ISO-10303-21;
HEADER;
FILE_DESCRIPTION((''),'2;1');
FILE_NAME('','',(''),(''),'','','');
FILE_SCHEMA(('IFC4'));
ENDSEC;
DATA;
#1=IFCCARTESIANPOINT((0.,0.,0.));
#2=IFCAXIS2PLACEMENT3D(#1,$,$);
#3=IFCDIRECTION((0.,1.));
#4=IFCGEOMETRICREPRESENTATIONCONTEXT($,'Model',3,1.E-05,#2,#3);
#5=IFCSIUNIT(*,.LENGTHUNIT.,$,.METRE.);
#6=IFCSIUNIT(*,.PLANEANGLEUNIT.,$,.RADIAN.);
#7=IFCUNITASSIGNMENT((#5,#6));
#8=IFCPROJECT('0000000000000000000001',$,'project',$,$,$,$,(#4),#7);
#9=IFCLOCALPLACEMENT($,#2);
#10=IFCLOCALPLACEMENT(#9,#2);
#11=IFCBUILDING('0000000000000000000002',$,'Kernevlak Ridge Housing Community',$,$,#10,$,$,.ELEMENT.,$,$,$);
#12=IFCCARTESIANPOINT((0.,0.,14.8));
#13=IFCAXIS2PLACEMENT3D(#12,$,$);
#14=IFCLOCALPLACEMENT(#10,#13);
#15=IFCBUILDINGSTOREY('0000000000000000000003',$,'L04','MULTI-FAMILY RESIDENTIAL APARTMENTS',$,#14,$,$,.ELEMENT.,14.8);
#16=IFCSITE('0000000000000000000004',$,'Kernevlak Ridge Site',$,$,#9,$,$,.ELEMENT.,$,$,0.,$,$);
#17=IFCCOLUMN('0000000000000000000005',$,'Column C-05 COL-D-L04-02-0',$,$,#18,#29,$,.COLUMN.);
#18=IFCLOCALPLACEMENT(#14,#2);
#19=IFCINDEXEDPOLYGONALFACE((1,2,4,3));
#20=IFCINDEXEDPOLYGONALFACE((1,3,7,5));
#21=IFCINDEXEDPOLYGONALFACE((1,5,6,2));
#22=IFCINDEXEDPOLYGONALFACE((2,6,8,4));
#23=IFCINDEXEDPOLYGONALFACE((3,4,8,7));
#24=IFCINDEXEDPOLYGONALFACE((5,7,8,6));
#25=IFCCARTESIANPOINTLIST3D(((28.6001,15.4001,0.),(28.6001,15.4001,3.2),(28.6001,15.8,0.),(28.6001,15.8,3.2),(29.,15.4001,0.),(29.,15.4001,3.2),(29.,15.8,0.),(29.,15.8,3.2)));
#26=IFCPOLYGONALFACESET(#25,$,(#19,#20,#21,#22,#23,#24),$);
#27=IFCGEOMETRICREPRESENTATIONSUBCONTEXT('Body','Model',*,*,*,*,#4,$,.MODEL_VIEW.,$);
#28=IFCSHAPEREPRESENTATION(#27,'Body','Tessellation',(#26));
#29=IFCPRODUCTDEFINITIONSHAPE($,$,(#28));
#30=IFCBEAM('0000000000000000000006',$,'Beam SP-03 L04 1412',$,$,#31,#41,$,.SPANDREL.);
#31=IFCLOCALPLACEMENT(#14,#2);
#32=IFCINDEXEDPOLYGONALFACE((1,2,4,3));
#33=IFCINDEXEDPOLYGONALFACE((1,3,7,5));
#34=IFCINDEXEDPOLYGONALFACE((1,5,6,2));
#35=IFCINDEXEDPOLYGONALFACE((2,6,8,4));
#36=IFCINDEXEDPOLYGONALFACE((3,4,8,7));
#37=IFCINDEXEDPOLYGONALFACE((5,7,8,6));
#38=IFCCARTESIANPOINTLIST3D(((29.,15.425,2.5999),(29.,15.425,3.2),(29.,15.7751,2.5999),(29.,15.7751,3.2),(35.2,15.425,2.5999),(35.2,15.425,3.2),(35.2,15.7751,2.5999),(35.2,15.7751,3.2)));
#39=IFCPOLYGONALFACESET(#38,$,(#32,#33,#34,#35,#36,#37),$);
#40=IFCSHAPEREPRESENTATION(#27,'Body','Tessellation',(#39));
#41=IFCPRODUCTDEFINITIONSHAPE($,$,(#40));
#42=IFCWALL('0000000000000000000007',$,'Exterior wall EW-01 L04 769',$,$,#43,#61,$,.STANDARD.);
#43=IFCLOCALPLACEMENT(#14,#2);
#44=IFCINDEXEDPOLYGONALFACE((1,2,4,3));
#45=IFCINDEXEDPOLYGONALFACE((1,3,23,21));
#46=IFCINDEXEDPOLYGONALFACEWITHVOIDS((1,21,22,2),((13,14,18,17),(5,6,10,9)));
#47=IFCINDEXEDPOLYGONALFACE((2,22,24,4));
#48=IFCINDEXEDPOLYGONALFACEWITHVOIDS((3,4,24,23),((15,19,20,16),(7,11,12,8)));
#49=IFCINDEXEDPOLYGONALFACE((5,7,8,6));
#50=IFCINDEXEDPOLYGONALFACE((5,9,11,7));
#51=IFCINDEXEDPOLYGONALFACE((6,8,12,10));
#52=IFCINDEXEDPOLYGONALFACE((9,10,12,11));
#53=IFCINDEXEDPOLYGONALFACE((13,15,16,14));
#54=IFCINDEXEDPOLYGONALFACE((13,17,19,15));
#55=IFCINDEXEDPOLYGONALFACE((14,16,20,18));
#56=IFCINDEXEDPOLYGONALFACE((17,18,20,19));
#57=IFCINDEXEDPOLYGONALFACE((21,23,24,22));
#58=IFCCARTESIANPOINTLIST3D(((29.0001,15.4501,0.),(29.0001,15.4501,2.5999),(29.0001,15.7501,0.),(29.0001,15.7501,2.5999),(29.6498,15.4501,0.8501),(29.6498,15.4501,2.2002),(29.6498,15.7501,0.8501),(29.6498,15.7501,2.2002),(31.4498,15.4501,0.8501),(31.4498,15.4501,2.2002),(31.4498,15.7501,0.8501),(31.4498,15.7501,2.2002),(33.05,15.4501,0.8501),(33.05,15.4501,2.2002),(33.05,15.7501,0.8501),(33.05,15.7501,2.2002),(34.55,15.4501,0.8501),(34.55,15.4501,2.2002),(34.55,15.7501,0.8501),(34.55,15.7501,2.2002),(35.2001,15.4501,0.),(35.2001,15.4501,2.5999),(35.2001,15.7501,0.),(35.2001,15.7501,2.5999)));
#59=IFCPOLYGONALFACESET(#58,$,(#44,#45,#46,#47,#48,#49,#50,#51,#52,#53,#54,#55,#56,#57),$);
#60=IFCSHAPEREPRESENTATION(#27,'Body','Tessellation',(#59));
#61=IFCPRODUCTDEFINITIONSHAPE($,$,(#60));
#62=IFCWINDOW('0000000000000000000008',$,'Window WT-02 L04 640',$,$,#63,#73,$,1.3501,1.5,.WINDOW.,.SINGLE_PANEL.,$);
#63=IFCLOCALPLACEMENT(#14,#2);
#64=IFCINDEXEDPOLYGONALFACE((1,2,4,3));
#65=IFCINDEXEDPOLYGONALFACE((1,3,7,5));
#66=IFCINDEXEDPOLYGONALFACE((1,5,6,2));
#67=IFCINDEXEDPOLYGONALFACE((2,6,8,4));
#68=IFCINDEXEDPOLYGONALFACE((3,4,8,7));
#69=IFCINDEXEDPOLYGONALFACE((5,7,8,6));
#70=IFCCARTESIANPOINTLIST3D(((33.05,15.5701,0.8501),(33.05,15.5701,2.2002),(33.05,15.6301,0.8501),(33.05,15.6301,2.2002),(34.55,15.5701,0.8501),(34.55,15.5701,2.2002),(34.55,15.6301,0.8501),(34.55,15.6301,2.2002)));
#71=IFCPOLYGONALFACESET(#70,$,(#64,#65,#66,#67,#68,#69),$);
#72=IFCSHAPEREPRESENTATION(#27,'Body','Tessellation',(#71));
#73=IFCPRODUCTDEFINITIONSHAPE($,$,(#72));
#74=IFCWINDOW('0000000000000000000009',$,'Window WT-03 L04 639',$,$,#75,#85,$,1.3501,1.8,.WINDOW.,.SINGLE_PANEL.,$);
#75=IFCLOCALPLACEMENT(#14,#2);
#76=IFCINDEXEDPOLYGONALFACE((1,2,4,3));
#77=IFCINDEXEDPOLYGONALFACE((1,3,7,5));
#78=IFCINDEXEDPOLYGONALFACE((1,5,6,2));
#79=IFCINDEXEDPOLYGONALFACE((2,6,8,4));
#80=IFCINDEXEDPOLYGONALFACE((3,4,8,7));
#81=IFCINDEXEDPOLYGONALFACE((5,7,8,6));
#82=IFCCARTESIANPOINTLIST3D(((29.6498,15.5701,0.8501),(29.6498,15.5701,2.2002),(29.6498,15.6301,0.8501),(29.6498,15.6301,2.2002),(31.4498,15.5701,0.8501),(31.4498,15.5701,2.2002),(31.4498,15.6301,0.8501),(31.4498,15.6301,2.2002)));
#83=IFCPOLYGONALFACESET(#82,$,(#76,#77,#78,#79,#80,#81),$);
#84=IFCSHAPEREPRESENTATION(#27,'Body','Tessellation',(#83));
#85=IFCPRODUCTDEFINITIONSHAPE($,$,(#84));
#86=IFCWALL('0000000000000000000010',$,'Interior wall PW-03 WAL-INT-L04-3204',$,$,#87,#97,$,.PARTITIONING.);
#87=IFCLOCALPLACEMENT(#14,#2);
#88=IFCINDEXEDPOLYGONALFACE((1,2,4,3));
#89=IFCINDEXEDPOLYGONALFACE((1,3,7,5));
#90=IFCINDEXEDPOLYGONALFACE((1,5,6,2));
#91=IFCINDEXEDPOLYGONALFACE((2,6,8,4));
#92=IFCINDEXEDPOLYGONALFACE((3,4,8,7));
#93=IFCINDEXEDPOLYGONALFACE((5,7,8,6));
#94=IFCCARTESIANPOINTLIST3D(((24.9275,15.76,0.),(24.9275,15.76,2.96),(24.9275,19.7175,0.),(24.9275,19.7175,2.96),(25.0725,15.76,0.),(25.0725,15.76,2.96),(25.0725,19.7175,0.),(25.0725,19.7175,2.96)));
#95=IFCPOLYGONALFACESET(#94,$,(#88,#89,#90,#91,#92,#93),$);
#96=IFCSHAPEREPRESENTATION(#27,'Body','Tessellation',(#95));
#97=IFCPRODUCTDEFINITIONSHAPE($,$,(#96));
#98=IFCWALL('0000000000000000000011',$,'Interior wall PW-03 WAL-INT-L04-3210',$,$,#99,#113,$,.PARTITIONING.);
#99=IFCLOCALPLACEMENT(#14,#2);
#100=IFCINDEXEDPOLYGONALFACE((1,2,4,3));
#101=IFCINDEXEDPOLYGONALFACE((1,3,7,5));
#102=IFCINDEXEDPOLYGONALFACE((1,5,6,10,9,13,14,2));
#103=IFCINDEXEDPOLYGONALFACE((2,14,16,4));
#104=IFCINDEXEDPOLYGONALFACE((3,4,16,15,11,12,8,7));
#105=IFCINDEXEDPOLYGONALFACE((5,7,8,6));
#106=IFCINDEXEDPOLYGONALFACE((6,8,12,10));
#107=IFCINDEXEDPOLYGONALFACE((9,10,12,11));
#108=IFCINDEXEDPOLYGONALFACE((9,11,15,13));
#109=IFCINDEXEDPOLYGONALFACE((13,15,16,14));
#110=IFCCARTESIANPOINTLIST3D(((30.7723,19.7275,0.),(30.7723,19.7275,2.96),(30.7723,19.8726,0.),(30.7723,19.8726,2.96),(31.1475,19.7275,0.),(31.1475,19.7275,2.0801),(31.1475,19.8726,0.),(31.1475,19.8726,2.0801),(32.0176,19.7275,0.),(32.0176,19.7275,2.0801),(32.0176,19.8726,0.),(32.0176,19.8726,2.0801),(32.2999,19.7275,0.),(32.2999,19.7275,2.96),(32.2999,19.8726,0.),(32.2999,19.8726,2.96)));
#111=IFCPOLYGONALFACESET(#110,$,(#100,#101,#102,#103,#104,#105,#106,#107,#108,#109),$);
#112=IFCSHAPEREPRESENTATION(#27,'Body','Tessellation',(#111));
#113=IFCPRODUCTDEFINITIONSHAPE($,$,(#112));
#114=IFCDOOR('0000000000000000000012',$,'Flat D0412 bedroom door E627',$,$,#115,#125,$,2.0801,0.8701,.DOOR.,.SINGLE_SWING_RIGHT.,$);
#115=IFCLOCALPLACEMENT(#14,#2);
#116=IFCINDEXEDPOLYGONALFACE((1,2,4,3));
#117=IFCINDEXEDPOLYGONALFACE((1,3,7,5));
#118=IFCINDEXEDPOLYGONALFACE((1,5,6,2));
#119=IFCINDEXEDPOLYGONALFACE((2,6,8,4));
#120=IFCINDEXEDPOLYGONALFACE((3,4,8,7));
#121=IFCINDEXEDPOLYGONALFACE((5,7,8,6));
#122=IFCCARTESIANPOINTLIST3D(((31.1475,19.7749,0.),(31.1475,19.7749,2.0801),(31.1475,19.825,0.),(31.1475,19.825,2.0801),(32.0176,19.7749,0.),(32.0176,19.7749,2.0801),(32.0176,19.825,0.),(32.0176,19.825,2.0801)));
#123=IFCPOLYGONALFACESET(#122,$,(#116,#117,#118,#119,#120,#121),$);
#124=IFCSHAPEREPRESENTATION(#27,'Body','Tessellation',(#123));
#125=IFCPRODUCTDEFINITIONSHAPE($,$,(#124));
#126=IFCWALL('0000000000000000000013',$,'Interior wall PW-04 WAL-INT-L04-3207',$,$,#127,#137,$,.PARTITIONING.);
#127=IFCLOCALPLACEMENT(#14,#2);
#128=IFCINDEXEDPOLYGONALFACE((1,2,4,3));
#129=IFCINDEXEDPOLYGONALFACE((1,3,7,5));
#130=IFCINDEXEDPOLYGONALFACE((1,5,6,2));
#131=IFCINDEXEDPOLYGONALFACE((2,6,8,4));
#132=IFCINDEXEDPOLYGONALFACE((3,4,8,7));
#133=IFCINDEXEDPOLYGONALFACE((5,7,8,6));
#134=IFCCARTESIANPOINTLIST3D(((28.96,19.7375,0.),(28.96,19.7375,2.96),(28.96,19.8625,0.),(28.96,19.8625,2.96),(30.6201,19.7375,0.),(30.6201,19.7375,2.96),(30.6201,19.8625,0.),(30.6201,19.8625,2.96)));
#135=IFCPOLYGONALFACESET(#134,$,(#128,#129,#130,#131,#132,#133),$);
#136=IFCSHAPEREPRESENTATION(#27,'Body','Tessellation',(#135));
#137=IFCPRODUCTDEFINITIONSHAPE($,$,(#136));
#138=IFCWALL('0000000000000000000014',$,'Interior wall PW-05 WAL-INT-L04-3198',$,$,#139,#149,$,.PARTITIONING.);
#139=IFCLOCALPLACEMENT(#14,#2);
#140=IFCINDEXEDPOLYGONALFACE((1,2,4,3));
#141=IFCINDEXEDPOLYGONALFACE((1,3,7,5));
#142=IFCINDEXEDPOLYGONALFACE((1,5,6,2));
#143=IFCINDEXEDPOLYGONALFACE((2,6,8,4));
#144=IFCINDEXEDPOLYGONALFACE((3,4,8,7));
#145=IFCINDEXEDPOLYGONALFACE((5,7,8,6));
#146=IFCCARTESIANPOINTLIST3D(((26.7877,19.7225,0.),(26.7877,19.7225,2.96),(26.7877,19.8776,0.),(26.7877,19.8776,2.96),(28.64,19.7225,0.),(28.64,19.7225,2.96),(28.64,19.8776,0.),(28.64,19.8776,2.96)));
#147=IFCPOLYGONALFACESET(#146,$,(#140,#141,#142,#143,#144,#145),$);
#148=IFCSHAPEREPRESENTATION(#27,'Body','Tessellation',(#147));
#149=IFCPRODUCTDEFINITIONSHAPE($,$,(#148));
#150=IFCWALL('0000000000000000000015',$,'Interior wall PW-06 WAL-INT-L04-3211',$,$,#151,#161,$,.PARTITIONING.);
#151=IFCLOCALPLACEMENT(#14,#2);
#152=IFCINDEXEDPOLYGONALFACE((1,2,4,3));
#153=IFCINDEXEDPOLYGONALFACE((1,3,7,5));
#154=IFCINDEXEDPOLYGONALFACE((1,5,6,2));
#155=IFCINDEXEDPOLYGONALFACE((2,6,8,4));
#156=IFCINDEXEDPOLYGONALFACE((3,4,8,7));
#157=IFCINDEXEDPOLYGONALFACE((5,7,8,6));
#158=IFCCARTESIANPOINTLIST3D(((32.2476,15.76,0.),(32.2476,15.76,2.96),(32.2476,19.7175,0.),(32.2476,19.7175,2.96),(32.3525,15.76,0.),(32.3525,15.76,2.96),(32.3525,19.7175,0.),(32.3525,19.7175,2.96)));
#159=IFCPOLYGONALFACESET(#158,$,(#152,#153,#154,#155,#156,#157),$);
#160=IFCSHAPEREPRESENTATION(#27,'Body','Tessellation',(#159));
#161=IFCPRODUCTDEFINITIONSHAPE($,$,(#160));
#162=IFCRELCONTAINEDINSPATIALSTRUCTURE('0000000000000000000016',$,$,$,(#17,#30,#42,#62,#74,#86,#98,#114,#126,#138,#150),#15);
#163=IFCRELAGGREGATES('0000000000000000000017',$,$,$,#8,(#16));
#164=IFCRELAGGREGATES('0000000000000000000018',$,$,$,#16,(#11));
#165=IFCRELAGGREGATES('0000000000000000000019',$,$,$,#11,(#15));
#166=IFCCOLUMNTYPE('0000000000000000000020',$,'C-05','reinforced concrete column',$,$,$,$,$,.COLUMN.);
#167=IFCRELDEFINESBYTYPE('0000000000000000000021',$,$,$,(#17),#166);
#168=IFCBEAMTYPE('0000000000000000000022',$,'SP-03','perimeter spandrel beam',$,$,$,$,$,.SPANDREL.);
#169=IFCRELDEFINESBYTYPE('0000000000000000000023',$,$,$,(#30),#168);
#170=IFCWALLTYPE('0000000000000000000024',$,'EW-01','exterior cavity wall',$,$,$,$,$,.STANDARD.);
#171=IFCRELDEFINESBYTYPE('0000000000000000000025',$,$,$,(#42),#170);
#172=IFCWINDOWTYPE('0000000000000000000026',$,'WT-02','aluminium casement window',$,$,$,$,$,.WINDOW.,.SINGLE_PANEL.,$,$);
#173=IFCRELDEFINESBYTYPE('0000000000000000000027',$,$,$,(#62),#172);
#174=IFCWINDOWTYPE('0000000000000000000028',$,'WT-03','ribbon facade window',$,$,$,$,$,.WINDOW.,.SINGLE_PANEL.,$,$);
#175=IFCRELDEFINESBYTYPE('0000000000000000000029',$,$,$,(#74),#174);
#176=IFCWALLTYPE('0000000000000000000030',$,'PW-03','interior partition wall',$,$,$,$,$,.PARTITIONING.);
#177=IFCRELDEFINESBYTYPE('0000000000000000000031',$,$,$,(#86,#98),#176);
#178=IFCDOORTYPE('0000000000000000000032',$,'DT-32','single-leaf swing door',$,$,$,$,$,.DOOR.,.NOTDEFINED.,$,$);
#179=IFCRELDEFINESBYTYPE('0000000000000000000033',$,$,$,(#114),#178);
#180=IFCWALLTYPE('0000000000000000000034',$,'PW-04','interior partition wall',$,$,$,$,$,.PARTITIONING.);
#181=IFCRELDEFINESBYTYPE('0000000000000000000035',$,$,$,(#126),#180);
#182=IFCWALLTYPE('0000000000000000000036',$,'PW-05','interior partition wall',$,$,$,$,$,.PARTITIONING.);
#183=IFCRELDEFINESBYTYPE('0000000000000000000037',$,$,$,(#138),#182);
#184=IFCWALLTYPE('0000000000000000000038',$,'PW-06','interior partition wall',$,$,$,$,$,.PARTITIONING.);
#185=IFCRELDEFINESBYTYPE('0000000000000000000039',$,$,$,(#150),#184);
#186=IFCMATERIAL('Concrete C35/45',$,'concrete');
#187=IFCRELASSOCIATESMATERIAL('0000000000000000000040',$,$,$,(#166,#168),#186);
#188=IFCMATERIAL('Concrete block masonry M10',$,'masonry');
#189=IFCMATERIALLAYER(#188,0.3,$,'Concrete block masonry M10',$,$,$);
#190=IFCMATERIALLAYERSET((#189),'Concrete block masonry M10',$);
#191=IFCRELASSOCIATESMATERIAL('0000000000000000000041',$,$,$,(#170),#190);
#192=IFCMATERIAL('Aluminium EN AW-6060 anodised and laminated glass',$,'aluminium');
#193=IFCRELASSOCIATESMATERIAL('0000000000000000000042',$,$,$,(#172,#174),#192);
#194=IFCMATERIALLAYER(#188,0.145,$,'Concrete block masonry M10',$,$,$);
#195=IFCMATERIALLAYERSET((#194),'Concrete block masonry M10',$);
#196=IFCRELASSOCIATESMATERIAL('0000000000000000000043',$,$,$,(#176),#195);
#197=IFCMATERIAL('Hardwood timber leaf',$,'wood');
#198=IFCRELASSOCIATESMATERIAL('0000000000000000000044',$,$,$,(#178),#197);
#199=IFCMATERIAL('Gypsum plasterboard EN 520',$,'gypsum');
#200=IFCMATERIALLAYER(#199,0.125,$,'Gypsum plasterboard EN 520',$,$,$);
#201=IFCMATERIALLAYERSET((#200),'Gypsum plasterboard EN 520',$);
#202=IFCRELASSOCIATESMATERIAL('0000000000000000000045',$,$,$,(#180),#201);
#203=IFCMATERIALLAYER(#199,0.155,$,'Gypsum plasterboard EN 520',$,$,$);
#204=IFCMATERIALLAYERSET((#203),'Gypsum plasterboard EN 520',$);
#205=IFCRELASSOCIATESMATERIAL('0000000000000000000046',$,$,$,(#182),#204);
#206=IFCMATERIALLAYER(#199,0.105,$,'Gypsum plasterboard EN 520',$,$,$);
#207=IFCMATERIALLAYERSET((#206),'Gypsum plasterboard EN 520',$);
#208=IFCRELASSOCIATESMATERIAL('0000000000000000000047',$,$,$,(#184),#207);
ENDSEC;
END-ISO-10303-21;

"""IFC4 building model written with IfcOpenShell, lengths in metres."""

from ifc_helpers import new_model, si_unit, direction, frame, frame_2d, origin, origin_2d, place, context, subcontext, project, spatial, rectangle, extrude, material, layer, layer_set, material_profile, profile_set, type_object, element, fill, save


model = new_model("IFC4")

# Units and contexts
model_context = context("Model", 3, precision=1e-05, world=origin(), true_north=direction((0.0, 1.0)))
body_context = subcontext(model_context, "Body", "Model", "MODEL_VIEW")
ifc_project = project(units=[si_unit("LENGTHUNIT", "METRE"), si_unit("PLANEANGLEUNIT", "RADIAN")], contexts=[model_context])

# Site, building, storey
site_placement = place(None, origin())
site = spatial("IfcSite", under=ifc_project, at=site_placement, Name="Kernevlak Ridge Site", CompositionType="ELEMENT", RefElevation=0.0)
building_placement = place(site_placement, origin())
building = spatial("IfcBuilding", under=site, at=building_placement, Name="Kernevlak Ridge Housing Community", CompositionType="ELEMENT")
storey_placement = place(building_placement, frame((0.0, 0.0, 14.8)))
storey = spatial("IfcBuildingStorey", under=building, at=storey_placement, Name="L04", Description="MULTI-FAMILY RESIDENTIAL APARTMENTS", CompositionType="ELEMENT", Elevation=14.8)

# Column
ifc_material_1 = material(Name="Concrete C35/45", Category="concrete")
ifc_material_profile_1 = material_profile(ifc_material_1, rectangle(XDim=0.3999, YDim=0.3999, at=origin_2d()), Name="RC 400x400")
ifc_profile_set_1 = profile_set([ifc_material_profile_1], Name="Concrete C35/45")
column_type = type_object("IfcColumnType", Name="C-05", Description="reinforced concrete column", PredefinedType="COLUMN", material=ifc_profile_set_1)
column_placement = place(storey_placement, frame((28.8, 15.6001, 0.0), z_axis=(0.0, 0.0, 1.0), x_axis=(1.0, 0.0, 0.0)))
element("IfcColumn", 1, at=column_placement, inside=storey, type_object=column_type, Name="Column C-05 COL-D-L04-02-0", PredefinedType="COLUMN", context=body_context, shape_type="SweptSolid", body=[
    extrude(rectangle(XDim=0.3999, YDim=0.3999, at=origin_2d()), origin(), (0.0, 0.0, 1.0), 3.2),
])

# Beam
ifc_material_profile_2 = material_profile(ifc_material_1, rectangle(XDim=0.3501, YDim=0.6001, at=origin_2d()), Name="RC 350x600")
ifc_profile_set_2 = profile_set([ifc_material_profile_2], Name="Concrete C35/45")
beam_type = type_object("IfcBeamType", Name="SP-03", Description="perimeter spandrel beam", PredefinedType="SPANDREL", material=ifc_profile_set_2)
beam_placement = place(storey_placement, frame((29.0, 15.6001, 2.8999), z_axis=(1.0, 0.0, 0.0), x_axis=(0.0, 1.0, 0.0)))
element("IfcBeam", 2, at=beam_placement, inside=storey, type_object=beam_type, Name="Beam SP-03 L04 1412", PredefinedType="SPANDREL", context=body_context, shape_type="SweptSolid", body=[
    extrude(rectangle(XDim=0.3501, YDim=0.6001, at=origin_2d()), origin(), (0.0, 0.0, 1.0), 6.2),
])

# Wall, openings, windows
ifc_material_2 = material(Name="Concrete block masonry M10", Category="masonry")
ifc_layer_1 = layer(ifc_material_2, 0.3, Name="Concrete block masonry M10")
ifc_layer_set_1 = layer_set([ifc_layer_1], Name="Concrete block masonry M10")
wall_type_1 = type_object("IfcWallType", Name="EW-01", Description="exterior cavity wall", PredefinedType="STANDARD", material=ifc_layer_set_1)
wall_1_placement = place(storey_placement, frame((29.0, 15.6001, 0.0), z_axis=(0.0, 0.0, 1.0), x_axis=(1.0, 0.0, 0.0)))
wall_1 = element("IfcWall", 3, at=wall_1_placement, inside=storey, type_object=wall_type_1, Name="Exterior wall EW-01 L04 769", PredefinedType="STANDARD", context=body_context, shape_type="SweptSolid", body=[
    extrude(rectangle(XDim=6.2, YDim=0.3, at=frame_2d((3.1001, 0.0))), origin(), (0.0, 0.0, 1.0), 2.5999),
])
opening_1_placement = place(wall_1_placement, frame((0.6499, 0.0, 0.8501)))
opening_1 = element("IfcOpeningElement", 4, at=opening_1_placement, cuts=wall_1, PredefinedType="OPENING", context=body_context, shape_type="SweptSolid", body=[
    extrude(rectangle(XDim=1.8, YDim=1.3501, at=frame_2d((0.8999, 0.675))), frame((0.0, 0.1599, 0.0), z_axis=(0.0, -1.0, 0.0), x_axis=(1.0, 0.0, 0.0)), (0.0, 0.0, 1.0), 0.3201),
])
opening_2_placement = place(wall_1_placement, frame((4.05, 0.0, 0.8501)))
opening_2 = element("IfcOpeningElement", 5, at=opening_2_placement, cuts=wall_1, PredefinedType="OPENING", context=body_context, shape_type="SweptSolid", body=[
    extrude(rectangle(XDim=1.5, YDim=1.3501, at=frame_2d((0.75, 0.675))), frame((0.0, 0.1599, 0.0), z_axis=(0.0, -1.0, 0.0), x_axis=(1.0, 0.0, 0.0)), (0.0, 0.0, 1.0), 0.3201),
])
ifc_material_3 = material(Name="Aluminium EN AW-6060 anodised and laminated glass", Category="aluminium")
window_type_1 = type_object("IfcWindowType", Name="WT-02", Description="aluminium casement window", PartitioningType="SINGLE_PANEL", PredefinedType="WINDOW", material=ifc_material_3)
window_1_placement = place(opening_2_placement, origin())
window_1 = element("IfcWindow", 6, at=window_1_placement, inside=storey, type_object=window_type_1, Name="Window WT-02 L04 640", OverallHeight=1.3501, OverallWidth=1.5, PartitioningType="SINGLE_PANEL", PredefinedType="WINDOW", context=body_context, shape_type="SweptSolid", body=[
    extrude(rectangle(XDim=1.5, YDim=1.3501, at=frame_2d((0.75, 0.675))), frame((0.0, 0.03, 0.0), z_axis=(0.0, -1.0, 0.0), x_axis=(1.0, 0.0, 0.0)), (0.0, 0.0, 1.0), 0.0601),
])
fill(opening_2, window_1)
window_type_2 = type_object("IfcWindowType", Name="WT-03", Description="ribbon facade window", PartitioningType="SINGLE_PANEL", PredefinedType="WINDOW", material=ifc_material_3)
window_2_placement = place(opening_1_placement, origin())
window_2 = element("IfcWindow", 7, at=window_2_placement, inside=storey, type_object=window_type_2, Name="Window WT-03 L04 639", OverallHeight=1.3501, OverallWidth=1.8, PartitioningType="SINGLE_PANEL", PredefinedType="WINDOW", context=body_context, shape_type="SweptSolid", body=[
    extrude(rectangle(XDim=1.8, YDim=1.3501, at=frame_2d((0.8999, 0.675))), frame((0.0, 0.03, 0.0), z_axis=(0.0, -1.0, 0.0), x_axis=(1.0, 0.0, 0.0)), (0.0, 0.0, 1.0), 0.0601),
])
fill(opening_1, window_2)

# Wall
ifc_layer_2 = layer(ifc_material_2, 0.145, Name="Concrete block masonry M10")
ifc_layer_set_2 = layer_set([ifc_layer_2], Name="Concrete block masonry M10")
wall_type_2 = type_object("IfcWallType", Name="PW-03", Description="interior partition wall", PredefinedType="PARTITIONING", material=ifc_layer_set_2)
wall_2_placement = place(storey_placement, frame((25.0, 19.7175, 0.0), z_axis=(0.0, 0.0, 1.0), x_axis=(0.0, -1.0, 0.0)))
element("IfcWall", 8, at=wall_2_placement, inside=storey, type_object=wall_type_2, Name="Interior wall PW-03 WAL-INT-L04-3204", PredefinedType="PARTITIONING", context=body_context, shape_type="SweptSolid", body=[
    extrude(rectangle(XDim=3.9575, YDim=0.145, at=frame_2d((1.9788, 0.0))), origin(), (0.0, 0.0, 1.0), 2.96),
])

# Wall, opening, door
wall_3_placement = place(storey_placement, frame((30.7725, 19.8, 0.0), z_axis=(0.0, 0.0, 1.0), x_axis=(1.0, 0.0, 0.0)))
wall_3 = element("IfcWall", 9, at=wall_3_placement, inside=storey, type_object=wall_type_2, Name="Interior wall PW-03 WAL-INT-L04-3210", PredefinedType="PARTITIONING", context=body_context, shape_type="SweptSolid", body=[
    extrude(rectangle(XDim=1.5276, YDim=0.145, at=frame_2d((0.7637, 0.0))), origin(), (0.0, 0.0, 1.0), 2.96),
])
opening_3_placement = place(wall_3_placement, frame((0.375, 0.0, 0.0)))
opening_3 = element("IfcOpeningElement", 10, at=opening_3_placement, cuts=wall_3, PredefinedType="OPENING", context=body_context, shape_type="SweptSolid", body=[
    extrude(rectangle(XDim=0.8701, YDim=2.0801, at=frame_2d((0.4351, 1.04))), frame((0.0, 0.0825, 0.0), z_axis=(0.0, -1.0, 0.0), x_axis=(1.0, 0.0, 0.0)), (0.0, 0.0, 1.0), 0.165),
])
ifc_material_4 = material(Name="Hardwood timber leaf", Category="wood")
door_type = type_object("IfcDoorType", Name="DT-32", Description="single-leaf swing door", OperationType="NOTDEFINED", PredefinedType="DOOR", material=ifc_material_4)
door_placement = place(opening_3_placement, origin())
door = element("IfcDoor", 11, at=door_placement, inside=storey, type_object=door_type, Name="Flat D0412 bedroom door E627", OperationType="SINGLE_SWING_RIGHT", OverallHeight=2.0801, OverallWidth=0.8701, PredefinedType="DOOR", context=body_context, shape_type="SweptSolid", body=[
    extrude(rectangle(XDim=0.8701, YDim=2.0801, at=frame_2d((0.4351, 1.04))), frame((0.0, 0.0249, 0.0), z_axis=(0.0, -1.0, 0.0), x_axis=(1.0, 0.0, 0.0)), (0.0, 0.0, 1.0), 0.05),
])
fill(opening_3, door)

# Walls
ifc_material_5 = material(Name="Gypsum plasterboard EN 520", Category="gypsum")
ifc_layer_3 = layer(ifc_material_5, 0.125, Name="Gypsum plasterboard EN 520")
ifc_layer_set_3 = layer_set([ifc_layer_3], Name="Gypsum plasterboard EN 520")
wall_type_3 = type_object("IfcWallType", Name="PW-04", Description="interior partition wall", PredefinedType="PARTITIONING", material=ifc_layer_set_3)
wall_4_placement = place(storey_placement, frame((28.96, 19.8, 0.0), z_axis=(0.0, 0.0, 1.0), x_axis=(1.0, 0.0, 0.0)))
element("IfcWall", 12, at=wall_4_placement, inside=storey, type_object=wall_type_3, Name="Interior wall PW-04 WAL-INT-L04-3207", PredefinedType="PARTITIONING", context=body_context, shape_type="SweptSolid", body=[
    extrude(rectangle(XDim=1.6602, YDim=0.125, at=frame_2d((0.8301, 0.0))), origin(), (0.0, 0.0, 1.0), 2.96),
])
ifc_layer_4 = layer(ifc_material_5, 0.155, Name="Gypsum plasterboard EN 520")
ifc_layer_set_4 = layer_set([ifc_layer_4], Name="Gypsum plasterboard EN 520")
wall_type_4 = type_object("IfcWallType", Name="PW-05", Description="interior partition wall", PredefinedType="PARTITIONING", material=ifc_layer_set_4)
wall_5_placement = place(storey_placement, frame((26.7876, 19.8, 0.0), z_axis=(0.0, 0.0, 1.0), x_axis=(1.0, 0.0, 0.0)))
element("IfcWall", 13, at=wall_5_placement, inside=storey, type_object=wall_type_4, Name="Interior wall PW-05 WAL-INT-L04-3198", PredefinedType="PARTITIONING", context=body_context, shape_type="SweptSolid", body=[
    extrude(rectangle(XDim=1.8523, YDim=0.155, at=frame_2d((0.9263, 0.0))), origin(), (0.0, 0.0, 1.0), 2.96),
])
ifc_layer_5 = layer(ifc_material_5, 0.105, Name="Gypsum plasterboard EN 520")
ifc_layer_set_5 = layer_set([ifc_layer_5], Name="Gypsum plasterboard EN 520")
wall_type_5 = type_object("IfcWallType", Name="PW-06", Description="interior partition wall", PredefinedType="PARTITIONING", material=ifc_layer_set_5)
wall_6_placement = place(storey_placement, frame((32.3, 19.7175, 0.0), z_axis=(0.0, 0.0, 1.0), x_axis=(0.0, -1.0, 0.0)))
element("IfcWall", 14, at=wall_6_placement, inside=storey, type_object=wall_type_5, Name="Interior wall PW-06 WAL-INT-L04-3211", PredefinedType="PARTITIONING", context=body_context, shape_type="SweptSolid", body=[
    extrude(rectangle(XDim=3.9575, YDim=0.105, at=frame_2d((1.9788, 0.0))), origin(), (0.0, 0.0, 1.0), 2.96),
])

save(model, "model.ifc")
